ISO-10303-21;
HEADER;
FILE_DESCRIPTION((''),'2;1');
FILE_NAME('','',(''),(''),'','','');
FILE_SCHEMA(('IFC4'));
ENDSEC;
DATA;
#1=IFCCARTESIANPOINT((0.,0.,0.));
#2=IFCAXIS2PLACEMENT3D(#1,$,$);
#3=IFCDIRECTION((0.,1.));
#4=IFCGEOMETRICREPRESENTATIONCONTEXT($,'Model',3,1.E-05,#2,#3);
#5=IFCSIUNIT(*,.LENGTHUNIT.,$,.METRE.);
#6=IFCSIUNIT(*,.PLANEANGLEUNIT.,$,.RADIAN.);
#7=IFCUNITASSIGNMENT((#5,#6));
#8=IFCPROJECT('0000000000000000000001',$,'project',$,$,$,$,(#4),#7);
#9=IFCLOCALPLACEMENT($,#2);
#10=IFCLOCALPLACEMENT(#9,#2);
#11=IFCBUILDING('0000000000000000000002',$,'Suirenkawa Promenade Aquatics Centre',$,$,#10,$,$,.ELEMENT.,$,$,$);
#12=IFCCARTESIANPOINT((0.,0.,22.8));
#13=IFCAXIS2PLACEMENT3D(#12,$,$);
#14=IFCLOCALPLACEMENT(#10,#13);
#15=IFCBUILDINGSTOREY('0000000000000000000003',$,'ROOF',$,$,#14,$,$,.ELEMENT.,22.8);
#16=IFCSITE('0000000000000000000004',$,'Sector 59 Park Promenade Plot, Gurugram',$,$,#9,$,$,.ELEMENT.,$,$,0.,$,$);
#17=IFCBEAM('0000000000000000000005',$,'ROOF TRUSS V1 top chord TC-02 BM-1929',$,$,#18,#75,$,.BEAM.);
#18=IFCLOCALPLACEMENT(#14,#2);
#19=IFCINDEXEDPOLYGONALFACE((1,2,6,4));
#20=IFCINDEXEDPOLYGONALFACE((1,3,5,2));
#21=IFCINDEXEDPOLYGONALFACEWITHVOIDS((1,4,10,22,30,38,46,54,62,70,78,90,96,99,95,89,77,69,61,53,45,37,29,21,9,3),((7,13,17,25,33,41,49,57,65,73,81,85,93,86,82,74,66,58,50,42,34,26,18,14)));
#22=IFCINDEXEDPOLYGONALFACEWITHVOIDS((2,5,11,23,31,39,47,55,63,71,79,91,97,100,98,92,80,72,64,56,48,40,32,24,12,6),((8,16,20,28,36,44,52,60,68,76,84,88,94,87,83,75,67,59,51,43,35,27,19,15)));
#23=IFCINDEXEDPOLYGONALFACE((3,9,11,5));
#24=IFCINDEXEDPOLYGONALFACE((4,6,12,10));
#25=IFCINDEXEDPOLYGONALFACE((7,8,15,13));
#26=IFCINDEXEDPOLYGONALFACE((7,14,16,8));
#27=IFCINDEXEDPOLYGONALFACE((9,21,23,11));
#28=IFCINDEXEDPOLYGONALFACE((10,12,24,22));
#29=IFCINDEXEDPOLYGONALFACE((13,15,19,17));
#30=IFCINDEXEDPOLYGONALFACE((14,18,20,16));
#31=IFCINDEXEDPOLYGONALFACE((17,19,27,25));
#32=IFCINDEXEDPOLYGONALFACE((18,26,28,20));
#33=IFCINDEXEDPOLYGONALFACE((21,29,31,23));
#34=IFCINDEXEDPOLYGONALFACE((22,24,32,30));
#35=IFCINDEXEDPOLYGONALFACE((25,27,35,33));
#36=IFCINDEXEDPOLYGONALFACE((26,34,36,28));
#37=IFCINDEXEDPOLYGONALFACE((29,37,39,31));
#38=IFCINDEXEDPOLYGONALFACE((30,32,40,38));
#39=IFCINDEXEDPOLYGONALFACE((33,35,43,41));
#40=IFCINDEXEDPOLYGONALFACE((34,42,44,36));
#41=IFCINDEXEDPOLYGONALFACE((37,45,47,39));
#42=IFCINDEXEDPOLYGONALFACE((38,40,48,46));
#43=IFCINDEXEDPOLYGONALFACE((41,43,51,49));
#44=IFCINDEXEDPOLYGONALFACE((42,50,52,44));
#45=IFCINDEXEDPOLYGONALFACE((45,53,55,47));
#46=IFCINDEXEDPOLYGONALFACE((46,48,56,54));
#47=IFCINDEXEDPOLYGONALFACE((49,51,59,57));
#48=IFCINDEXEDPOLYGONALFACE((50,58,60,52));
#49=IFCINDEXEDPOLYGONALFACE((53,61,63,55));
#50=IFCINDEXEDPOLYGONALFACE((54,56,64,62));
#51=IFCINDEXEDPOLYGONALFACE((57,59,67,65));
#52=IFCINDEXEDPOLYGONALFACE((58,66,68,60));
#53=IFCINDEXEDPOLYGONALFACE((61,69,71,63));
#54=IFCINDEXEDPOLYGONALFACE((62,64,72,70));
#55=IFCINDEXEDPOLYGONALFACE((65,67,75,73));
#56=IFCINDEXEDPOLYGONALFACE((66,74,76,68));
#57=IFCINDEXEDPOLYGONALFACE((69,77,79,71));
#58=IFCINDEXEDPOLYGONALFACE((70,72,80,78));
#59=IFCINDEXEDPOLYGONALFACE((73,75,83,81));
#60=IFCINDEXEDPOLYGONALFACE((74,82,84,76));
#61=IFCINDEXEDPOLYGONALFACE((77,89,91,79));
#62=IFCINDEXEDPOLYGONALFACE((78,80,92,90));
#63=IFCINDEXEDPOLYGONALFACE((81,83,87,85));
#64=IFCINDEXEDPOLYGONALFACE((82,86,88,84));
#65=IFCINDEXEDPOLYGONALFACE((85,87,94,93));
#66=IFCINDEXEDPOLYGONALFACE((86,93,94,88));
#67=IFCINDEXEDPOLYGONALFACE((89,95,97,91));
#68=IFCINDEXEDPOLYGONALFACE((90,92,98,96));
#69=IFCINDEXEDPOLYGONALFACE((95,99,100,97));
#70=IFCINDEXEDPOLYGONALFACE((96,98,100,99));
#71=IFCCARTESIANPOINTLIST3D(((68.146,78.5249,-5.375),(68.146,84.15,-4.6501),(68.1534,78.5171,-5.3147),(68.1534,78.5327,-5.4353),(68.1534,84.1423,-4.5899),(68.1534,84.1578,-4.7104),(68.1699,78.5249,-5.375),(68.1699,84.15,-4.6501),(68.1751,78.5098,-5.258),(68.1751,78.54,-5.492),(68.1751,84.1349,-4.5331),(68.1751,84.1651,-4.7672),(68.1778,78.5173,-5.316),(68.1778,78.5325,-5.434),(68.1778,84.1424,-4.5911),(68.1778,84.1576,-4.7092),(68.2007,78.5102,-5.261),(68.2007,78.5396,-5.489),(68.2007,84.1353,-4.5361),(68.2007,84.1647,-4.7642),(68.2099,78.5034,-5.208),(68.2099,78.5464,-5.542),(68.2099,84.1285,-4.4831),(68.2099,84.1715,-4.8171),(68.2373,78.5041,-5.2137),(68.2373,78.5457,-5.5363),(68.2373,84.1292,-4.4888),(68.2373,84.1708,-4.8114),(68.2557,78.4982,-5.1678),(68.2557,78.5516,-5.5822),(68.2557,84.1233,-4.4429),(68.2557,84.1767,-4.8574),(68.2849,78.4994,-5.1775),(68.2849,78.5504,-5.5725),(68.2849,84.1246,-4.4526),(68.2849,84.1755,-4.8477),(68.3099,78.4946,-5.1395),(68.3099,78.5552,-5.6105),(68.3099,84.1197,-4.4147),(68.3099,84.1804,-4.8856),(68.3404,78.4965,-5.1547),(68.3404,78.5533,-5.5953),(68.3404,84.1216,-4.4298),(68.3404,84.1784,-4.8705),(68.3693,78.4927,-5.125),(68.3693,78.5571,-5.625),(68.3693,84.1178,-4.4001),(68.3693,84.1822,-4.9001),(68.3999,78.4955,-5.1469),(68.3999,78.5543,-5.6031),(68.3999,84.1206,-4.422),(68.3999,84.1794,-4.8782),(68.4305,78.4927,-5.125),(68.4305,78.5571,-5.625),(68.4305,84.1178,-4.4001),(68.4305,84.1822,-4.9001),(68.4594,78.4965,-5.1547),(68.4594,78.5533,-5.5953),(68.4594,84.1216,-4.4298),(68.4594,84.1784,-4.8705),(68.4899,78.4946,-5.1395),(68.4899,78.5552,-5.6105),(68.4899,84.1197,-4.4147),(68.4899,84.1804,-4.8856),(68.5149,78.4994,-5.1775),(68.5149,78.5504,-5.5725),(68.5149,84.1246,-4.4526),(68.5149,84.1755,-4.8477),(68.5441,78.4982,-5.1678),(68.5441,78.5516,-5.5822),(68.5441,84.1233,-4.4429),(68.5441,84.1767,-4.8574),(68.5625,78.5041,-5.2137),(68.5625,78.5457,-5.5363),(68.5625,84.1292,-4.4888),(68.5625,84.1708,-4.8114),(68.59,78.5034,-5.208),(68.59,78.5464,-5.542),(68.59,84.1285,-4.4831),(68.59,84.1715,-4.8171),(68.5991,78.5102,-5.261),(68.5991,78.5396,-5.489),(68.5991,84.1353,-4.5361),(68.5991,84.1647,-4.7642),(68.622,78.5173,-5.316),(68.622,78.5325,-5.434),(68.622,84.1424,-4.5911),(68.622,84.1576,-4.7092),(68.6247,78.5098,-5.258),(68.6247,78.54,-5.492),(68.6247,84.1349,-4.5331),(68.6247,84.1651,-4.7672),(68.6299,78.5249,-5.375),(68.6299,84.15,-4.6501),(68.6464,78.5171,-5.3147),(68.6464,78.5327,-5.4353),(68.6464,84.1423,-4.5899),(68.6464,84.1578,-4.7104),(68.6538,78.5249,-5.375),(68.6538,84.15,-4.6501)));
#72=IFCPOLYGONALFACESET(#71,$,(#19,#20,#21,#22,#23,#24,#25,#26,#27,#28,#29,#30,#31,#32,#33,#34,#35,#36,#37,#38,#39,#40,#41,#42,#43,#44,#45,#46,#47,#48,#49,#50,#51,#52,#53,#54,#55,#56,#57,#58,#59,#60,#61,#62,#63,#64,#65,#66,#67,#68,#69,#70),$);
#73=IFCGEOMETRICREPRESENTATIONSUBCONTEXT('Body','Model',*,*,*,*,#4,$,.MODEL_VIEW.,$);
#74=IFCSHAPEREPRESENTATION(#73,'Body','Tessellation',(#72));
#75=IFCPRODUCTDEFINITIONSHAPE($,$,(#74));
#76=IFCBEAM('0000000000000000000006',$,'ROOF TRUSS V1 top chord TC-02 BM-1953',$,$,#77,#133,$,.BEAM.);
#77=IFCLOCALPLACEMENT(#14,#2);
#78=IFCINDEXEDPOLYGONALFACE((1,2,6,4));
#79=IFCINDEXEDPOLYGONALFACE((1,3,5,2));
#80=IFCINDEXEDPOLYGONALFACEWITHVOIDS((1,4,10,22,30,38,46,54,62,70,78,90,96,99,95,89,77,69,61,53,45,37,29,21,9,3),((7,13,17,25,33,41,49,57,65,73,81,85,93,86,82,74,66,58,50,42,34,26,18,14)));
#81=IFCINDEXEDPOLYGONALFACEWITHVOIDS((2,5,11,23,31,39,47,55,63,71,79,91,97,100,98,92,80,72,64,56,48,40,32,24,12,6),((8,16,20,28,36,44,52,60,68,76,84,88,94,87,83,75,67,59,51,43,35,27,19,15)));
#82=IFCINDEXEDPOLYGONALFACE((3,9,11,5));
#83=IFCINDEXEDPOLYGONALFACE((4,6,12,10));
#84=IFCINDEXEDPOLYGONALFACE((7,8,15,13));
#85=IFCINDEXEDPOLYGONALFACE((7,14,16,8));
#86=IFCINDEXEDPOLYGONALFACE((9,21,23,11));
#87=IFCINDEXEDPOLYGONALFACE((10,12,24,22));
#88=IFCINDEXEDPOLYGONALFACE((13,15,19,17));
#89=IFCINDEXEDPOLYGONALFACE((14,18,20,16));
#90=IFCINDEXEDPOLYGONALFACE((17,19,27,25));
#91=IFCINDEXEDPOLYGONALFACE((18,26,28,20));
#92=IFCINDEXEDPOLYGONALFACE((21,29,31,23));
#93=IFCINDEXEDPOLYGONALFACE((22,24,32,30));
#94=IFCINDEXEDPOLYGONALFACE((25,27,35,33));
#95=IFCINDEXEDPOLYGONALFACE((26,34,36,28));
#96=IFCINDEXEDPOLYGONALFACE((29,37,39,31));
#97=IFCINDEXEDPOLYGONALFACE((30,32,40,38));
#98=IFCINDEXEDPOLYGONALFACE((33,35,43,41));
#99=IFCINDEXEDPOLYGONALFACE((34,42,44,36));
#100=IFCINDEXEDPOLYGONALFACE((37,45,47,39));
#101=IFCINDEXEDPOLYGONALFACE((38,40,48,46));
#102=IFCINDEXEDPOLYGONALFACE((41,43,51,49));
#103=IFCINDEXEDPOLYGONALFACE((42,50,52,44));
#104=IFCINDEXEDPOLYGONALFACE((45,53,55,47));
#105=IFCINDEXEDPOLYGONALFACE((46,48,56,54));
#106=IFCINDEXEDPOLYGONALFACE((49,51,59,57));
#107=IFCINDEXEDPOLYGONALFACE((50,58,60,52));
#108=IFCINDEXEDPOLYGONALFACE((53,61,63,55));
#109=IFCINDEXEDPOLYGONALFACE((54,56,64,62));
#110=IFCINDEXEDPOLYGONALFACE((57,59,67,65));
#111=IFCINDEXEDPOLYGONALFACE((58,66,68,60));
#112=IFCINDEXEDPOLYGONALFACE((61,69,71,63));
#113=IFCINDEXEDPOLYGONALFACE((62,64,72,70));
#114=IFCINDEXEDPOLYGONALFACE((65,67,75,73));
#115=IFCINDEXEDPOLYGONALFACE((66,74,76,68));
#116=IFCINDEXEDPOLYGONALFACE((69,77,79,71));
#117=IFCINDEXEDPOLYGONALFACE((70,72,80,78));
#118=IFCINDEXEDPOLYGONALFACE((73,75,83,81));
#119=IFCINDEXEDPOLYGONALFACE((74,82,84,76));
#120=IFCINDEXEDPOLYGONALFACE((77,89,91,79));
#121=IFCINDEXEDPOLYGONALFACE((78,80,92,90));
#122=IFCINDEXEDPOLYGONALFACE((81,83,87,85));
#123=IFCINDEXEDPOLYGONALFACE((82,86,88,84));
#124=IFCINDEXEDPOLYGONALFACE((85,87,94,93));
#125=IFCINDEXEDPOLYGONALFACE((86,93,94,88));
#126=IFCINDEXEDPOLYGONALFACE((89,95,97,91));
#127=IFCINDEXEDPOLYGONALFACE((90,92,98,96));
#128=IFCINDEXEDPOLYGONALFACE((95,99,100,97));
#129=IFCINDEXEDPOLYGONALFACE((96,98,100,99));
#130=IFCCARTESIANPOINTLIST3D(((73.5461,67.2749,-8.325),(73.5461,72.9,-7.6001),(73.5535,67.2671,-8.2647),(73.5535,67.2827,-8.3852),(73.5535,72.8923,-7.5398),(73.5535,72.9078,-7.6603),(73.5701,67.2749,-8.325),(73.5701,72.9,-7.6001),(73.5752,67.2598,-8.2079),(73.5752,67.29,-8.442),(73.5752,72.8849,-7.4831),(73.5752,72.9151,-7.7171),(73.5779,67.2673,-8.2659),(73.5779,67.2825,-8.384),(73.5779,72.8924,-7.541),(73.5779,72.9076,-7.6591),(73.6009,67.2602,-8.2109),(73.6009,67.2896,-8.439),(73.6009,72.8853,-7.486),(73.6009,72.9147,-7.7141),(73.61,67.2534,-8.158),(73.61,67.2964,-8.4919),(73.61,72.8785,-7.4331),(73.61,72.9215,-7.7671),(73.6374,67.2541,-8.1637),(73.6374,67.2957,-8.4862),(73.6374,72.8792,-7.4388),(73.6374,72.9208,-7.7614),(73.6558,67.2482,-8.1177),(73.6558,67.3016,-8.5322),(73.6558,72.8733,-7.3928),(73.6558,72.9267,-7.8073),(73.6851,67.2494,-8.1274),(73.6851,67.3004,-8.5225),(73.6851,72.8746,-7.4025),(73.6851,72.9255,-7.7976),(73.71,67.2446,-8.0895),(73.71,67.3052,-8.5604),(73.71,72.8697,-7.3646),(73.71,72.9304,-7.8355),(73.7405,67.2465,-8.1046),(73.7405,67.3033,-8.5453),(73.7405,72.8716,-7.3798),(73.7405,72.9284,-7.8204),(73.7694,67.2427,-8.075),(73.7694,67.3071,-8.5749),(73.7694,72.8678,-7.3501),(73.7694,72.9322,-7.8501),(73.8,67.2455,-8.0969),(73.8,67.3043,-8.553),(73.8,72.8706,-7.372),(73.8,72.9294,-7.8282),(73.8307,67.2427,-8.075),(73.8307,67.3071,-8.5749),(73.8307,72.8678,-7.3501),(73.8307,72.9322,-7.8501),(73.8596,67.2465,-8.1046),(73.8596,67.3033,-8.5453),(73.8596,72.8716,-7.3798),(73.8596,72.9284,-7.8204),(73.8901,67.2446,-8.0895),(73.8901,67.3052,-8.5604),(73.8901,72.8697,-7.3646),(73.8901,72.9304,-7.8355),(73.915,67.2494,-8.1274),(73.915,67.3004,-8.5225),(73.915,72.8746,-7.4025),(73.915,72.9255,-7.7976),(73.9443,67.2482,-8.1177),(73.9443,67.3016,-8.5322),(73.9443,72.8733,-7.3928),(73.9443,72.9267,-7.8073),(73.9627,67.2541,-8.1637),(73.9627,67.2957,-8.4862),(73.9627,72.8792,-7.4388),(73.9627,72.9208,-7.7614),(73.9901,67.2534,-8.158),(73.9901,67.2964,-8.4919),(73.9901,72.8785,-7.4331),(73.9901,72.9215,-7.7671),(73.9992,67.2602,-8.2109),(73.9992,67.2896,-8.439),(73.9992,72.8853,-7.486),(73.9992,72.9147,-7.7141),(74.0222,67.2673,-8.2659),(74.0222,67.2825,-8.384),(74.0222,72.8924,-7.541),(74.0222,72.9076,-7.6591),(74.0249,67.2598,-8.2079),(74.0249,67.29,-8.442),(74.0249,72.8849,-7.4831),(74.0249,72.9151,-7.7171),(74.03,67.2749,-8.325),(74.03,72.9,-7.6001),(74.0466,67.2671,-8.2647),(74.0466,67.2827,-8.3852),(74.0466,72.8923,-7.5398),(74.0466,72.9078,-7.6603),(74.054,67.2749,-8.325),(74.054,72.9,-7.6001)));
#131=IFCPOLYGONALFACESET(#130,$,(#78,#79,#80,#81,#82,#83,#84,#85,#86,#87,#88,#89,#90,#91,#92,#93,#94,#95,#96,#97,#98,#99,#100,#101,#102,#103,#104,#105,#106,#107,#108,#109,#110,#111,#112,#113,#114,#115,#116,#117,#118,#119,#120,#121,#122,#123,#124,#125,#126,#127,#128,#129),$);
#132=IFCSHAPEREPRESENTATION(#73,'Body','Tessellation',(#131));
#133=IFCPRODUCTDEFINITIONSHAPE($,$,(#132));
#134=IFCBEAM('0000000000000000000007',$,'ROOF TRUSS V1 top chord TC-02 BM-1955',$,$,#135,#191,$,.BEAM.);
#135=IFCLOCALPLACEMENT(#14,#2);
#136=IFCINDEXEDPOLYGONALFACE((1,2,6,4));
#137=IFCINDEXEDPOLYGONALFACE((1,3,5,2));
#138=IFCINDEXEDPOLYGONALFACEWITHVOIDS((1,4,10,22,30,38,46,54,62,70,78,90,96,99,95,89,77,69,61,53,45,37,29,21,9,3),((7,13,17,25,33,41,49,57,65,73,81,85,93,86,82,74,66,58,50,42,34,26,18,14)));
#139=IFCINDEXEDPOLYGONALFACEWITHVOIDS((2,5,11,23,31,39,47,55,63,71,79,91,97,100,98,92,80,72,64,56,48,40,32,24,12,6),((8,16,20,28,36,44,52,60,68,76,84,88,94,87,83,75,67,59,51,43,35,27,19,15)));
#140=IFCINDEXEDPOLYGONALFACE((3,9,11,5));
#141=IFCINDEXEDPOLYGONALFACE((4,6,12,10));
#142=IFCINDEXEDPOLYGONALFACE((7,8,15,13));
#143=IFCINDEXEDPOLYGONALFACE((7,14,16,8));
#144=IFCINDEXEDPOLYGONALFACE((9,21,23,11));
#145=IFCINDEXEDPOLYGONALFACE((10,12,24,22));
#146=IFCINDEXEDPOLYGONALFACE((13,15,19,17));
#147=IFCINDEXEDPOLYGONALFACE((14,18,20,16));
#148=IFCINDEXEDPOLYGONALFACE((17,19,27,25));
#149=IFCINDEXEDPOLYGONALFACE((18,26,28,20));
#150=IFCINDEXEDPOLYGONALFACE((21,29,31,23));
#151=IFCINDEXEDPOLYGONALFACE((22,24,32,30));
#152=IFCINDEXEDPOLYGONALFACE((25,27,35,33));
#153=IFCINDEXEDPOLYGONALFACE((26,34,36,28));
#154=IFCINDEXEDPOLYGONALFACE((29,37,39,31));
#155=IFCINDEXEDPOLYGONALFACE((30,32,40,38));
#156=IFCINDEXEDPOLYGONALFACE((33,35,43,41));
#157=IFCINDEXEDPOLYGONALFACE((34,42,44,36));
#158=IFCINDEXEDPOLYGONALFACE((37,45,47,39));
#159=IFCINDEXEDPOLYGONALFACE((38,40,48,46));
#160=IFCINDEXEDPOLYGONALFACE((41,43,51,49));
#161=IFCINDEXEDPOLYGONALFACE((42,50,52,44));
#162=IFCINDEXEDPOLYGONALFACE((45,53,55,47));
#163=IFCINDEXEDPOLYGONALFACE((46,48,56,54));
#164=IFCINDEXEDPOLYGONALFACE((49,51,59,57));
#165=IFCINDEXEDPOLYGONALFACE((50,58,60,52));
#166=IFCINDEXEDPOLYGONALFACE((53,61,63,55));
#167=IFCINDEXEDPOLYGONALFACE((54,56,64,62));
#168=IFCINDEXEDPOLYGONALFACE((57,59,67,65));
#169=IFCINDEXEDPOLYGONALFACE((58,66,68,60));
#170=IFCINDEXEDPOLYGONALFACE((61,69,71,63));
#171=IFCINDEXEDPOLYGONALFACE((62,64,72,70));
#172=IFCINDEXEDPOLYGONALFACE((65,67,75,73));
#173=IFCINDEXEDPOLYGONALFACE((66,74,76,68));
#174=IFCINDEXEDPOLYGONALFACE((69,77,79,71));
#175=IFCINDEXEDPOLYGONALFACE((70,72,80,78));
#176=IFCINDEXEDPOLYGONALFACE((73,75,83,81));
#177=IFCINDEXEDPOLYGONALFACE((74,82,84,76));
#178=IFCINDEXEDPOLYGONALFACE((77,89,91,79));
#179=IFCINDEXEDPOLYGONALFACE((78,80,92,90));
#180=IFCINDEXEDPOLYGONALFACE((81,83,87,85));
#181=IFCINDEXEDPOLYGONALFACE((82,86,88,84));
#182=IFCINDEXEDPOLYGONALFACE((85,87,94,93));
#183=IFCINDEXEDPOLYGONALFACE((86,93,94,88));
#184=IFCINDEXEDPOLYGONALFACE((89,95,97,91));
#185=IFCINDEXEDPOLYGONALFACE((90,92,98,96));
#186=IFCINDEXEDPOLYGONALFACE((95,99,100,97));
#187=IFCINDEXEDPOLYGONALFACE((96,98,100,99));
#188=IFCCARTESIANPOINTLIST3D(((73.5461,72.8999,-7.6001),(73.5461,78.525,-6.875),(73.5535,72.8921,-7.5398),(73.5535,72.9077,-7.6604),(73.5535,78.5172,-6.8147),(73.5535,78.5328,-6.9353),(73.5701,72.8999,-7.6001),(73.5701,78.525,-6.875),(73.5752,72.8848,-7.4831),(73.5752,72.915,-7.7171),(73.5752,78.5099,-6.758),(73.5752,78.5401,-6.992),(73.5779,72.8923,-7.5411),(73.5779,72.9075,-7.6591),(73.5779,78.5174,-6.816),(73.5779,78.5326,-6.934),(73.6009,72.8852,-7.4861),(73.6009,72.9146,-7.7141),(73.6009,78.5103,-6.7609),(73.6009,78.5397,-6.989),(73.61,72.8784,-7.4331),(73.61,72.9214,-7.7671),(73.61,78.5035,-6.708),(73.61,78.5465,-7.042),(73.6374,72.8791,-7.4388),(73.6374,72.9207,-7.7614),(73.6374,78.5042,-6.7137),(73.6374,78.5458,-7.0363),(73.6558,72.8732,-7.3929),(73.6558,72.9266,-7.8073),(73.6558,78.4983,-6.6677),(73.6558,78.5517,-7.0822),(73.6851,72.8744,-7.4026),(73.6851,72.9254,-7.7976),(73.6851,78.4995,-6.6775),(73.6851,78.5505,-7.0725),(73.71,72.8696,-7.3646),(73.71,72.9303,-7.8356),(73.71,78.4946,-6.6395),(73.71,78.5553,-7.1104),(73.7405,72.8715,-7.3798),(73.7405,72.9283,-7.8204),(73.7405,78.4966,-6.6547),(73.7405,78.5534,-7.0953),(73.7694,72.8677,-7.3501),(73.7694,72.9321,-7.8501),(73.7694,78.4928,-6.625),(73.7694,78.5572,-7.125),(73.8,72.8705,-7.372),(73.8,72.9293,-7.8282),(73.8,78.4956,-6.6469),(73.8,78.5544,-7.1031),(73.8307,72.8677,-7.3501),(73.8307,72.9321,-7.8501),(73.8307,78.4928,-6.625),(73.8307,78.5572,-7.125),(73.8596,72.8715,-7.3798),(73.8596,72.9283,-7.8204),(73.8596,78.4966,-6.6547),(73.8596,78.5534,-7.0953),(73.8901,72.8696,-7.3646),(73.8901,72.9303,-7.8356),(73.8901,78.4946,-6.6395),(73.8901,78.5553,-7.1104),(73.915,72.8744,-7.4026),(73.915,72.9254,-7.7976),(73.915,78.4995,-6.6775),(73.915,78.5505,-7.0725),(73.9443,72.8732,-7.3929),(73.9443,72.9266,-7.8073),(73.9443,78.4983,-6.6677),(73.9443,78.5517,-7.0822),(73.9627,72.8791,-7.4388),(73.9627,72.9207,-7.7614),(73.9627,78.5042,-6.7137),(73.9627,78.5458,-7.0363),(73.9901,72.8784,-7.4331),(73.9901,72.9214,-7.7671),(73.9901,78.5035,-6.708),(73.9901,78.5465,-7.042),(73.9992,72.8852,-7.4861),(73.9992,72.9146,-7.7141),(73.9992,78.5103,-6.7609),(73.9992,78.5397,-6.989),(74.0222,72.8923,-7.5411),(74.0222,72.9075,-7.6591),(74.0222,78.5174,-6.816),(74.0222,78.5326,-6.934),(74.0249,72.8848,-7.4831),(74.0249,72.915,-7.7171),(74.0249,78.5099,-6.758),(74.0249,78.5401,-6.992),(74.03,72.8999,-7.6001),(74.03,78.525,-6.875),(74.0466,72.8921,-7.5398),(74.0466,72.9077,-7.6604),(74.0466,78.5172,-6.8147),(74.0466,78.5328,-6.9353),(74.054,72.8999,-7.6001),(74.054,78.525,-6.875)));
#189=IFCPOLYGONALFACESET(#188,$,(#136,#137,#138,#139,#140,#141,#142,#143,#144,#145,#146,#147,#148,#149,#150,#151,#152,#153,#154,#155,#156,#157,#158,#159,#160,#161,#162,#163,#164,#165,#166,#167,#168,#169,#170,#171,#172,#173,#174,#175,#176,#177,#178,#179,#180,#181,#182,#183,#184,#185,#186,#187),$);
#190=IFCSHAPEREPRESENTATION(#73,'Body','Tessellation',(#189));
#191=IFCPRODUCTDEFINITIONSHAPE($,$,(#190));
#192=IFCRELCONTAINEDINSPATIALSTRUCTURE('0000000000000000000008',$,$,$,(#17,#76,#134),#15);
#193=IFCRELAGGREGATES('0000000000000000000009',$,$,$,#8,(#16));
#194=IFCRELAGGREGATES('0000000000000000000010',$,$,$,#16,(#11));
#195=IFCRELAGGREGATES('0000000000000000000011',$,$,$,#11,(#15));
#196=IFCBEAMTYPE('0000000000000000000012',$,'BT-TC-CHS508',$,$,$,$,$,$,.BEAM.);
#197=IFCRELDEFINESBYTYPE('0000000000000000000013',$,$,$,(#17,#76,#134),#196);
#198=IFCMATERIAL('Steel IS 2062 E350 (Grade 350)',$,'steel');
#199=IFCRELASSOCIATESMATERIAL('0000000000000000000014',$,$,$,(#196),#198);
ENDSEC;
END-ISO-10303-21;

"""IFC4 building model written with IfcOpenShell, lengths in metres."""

from ifc_helpers import new_model, si_unit, direction, frame, origin, origin_2d, place, context, subcontext, project, spatial, hollow_circle, extrude, material, material_profile, profile_set, type_object, element, save


model = new_model("IFC4")

# Units and contexts
model_context = context("Model", 3, precision=1e-05, world=origin(), true_north=direction((0.0, 1.0)))
body_context = subcontext(model_context, "Body", "Model", "MODEL_VIEW")
ifc_project = project(units=[si_unit("LENGTHUNIT", "METRE"), si_unit("PLANEANGLEUNIT", "RADIAN")], contexts=[model_context])

# Site, building, storey
site_placement = place(None, origin())
site = spatial("IfcSite", under=ifc_project, at=site_placement, Name="Sector 59 Park Promenade Plot, Gurugram", CompositionType="ELEMENT", RefElevation=0.0)
building_placement = place(site_placement, origin())
building = spatial("IfcBuilding", under=site, at=building_placement, Name="Suirenkawa Promenade Aquatics Centre", CompositionType="ELEMENT")
storey_placement = place(building_placement, frame((0.0, 0.0, 22.8)))
storey = spatial("IfcBuildingStorey", under=building, at=storey_placement, Name="ROOF", CompositionType="ELEMENT", Elevation=22.8)

# Beams
ifc_material = material(Name="Steel IS 2062 E350 (Grade 350)", Category="steel")
ifc_material_profile_1 = material_profile(ifc_material, hollow_circle(Radius=0.2539, WallThickness=0.0239, at=origin_2d()), Name="CHS 508x24", Category="steel")
ifc_profile_set_1 = profile_set([ifc_material_profile_1], Name="Steel IS 2062 E350 (Grade 350)")
beam_type_1 = type_object("IfcBeamType", Name="BT-TC-CHS508", PredefinedType="BEAM", material=ifc_profile_set_1)
for number, where, z_axis, x_axis, name in (
    (1, (68.3999, 78.5249, -5.375), (0.0, 0.991799, 0.127806), (-1.0, 0.0, 0.0), "ROOF TRUSS V1 top chord TC-02 BM-1929"),
    (2, (73.8, 67.2749, -8.325), (0.0, 0.991799, 0.127806), (-1.0, 0.0, 0.0), "ROOF TRUSS V1 top chord TC-02 BM-1953"),
    (3, (73.8, 72.8999, -7.6001), (0.0, 0.991794, 0.127848), (-1.0, 0.0, 0.0), "ROOF TRUSS V1 top chord TC-02 BM-1955"),
):
    element("IfcBeam", number, at=place(storey_placement, frame(where, z_axis=z_axis, x_axis=x_axis)), inside=storey, type_object=beam_type_1, Name=name, PredefinedType="BEAM", context=body_context, shape_type="SweptSolid", body=[
        extrude(hollow_circle(Radius=0.2539, WallThickness=0.0239, at=origin_2d()), origin(), (0.0, 0.0, 1.0), 5.6716),
    ])

save(model, "model.ifc")
